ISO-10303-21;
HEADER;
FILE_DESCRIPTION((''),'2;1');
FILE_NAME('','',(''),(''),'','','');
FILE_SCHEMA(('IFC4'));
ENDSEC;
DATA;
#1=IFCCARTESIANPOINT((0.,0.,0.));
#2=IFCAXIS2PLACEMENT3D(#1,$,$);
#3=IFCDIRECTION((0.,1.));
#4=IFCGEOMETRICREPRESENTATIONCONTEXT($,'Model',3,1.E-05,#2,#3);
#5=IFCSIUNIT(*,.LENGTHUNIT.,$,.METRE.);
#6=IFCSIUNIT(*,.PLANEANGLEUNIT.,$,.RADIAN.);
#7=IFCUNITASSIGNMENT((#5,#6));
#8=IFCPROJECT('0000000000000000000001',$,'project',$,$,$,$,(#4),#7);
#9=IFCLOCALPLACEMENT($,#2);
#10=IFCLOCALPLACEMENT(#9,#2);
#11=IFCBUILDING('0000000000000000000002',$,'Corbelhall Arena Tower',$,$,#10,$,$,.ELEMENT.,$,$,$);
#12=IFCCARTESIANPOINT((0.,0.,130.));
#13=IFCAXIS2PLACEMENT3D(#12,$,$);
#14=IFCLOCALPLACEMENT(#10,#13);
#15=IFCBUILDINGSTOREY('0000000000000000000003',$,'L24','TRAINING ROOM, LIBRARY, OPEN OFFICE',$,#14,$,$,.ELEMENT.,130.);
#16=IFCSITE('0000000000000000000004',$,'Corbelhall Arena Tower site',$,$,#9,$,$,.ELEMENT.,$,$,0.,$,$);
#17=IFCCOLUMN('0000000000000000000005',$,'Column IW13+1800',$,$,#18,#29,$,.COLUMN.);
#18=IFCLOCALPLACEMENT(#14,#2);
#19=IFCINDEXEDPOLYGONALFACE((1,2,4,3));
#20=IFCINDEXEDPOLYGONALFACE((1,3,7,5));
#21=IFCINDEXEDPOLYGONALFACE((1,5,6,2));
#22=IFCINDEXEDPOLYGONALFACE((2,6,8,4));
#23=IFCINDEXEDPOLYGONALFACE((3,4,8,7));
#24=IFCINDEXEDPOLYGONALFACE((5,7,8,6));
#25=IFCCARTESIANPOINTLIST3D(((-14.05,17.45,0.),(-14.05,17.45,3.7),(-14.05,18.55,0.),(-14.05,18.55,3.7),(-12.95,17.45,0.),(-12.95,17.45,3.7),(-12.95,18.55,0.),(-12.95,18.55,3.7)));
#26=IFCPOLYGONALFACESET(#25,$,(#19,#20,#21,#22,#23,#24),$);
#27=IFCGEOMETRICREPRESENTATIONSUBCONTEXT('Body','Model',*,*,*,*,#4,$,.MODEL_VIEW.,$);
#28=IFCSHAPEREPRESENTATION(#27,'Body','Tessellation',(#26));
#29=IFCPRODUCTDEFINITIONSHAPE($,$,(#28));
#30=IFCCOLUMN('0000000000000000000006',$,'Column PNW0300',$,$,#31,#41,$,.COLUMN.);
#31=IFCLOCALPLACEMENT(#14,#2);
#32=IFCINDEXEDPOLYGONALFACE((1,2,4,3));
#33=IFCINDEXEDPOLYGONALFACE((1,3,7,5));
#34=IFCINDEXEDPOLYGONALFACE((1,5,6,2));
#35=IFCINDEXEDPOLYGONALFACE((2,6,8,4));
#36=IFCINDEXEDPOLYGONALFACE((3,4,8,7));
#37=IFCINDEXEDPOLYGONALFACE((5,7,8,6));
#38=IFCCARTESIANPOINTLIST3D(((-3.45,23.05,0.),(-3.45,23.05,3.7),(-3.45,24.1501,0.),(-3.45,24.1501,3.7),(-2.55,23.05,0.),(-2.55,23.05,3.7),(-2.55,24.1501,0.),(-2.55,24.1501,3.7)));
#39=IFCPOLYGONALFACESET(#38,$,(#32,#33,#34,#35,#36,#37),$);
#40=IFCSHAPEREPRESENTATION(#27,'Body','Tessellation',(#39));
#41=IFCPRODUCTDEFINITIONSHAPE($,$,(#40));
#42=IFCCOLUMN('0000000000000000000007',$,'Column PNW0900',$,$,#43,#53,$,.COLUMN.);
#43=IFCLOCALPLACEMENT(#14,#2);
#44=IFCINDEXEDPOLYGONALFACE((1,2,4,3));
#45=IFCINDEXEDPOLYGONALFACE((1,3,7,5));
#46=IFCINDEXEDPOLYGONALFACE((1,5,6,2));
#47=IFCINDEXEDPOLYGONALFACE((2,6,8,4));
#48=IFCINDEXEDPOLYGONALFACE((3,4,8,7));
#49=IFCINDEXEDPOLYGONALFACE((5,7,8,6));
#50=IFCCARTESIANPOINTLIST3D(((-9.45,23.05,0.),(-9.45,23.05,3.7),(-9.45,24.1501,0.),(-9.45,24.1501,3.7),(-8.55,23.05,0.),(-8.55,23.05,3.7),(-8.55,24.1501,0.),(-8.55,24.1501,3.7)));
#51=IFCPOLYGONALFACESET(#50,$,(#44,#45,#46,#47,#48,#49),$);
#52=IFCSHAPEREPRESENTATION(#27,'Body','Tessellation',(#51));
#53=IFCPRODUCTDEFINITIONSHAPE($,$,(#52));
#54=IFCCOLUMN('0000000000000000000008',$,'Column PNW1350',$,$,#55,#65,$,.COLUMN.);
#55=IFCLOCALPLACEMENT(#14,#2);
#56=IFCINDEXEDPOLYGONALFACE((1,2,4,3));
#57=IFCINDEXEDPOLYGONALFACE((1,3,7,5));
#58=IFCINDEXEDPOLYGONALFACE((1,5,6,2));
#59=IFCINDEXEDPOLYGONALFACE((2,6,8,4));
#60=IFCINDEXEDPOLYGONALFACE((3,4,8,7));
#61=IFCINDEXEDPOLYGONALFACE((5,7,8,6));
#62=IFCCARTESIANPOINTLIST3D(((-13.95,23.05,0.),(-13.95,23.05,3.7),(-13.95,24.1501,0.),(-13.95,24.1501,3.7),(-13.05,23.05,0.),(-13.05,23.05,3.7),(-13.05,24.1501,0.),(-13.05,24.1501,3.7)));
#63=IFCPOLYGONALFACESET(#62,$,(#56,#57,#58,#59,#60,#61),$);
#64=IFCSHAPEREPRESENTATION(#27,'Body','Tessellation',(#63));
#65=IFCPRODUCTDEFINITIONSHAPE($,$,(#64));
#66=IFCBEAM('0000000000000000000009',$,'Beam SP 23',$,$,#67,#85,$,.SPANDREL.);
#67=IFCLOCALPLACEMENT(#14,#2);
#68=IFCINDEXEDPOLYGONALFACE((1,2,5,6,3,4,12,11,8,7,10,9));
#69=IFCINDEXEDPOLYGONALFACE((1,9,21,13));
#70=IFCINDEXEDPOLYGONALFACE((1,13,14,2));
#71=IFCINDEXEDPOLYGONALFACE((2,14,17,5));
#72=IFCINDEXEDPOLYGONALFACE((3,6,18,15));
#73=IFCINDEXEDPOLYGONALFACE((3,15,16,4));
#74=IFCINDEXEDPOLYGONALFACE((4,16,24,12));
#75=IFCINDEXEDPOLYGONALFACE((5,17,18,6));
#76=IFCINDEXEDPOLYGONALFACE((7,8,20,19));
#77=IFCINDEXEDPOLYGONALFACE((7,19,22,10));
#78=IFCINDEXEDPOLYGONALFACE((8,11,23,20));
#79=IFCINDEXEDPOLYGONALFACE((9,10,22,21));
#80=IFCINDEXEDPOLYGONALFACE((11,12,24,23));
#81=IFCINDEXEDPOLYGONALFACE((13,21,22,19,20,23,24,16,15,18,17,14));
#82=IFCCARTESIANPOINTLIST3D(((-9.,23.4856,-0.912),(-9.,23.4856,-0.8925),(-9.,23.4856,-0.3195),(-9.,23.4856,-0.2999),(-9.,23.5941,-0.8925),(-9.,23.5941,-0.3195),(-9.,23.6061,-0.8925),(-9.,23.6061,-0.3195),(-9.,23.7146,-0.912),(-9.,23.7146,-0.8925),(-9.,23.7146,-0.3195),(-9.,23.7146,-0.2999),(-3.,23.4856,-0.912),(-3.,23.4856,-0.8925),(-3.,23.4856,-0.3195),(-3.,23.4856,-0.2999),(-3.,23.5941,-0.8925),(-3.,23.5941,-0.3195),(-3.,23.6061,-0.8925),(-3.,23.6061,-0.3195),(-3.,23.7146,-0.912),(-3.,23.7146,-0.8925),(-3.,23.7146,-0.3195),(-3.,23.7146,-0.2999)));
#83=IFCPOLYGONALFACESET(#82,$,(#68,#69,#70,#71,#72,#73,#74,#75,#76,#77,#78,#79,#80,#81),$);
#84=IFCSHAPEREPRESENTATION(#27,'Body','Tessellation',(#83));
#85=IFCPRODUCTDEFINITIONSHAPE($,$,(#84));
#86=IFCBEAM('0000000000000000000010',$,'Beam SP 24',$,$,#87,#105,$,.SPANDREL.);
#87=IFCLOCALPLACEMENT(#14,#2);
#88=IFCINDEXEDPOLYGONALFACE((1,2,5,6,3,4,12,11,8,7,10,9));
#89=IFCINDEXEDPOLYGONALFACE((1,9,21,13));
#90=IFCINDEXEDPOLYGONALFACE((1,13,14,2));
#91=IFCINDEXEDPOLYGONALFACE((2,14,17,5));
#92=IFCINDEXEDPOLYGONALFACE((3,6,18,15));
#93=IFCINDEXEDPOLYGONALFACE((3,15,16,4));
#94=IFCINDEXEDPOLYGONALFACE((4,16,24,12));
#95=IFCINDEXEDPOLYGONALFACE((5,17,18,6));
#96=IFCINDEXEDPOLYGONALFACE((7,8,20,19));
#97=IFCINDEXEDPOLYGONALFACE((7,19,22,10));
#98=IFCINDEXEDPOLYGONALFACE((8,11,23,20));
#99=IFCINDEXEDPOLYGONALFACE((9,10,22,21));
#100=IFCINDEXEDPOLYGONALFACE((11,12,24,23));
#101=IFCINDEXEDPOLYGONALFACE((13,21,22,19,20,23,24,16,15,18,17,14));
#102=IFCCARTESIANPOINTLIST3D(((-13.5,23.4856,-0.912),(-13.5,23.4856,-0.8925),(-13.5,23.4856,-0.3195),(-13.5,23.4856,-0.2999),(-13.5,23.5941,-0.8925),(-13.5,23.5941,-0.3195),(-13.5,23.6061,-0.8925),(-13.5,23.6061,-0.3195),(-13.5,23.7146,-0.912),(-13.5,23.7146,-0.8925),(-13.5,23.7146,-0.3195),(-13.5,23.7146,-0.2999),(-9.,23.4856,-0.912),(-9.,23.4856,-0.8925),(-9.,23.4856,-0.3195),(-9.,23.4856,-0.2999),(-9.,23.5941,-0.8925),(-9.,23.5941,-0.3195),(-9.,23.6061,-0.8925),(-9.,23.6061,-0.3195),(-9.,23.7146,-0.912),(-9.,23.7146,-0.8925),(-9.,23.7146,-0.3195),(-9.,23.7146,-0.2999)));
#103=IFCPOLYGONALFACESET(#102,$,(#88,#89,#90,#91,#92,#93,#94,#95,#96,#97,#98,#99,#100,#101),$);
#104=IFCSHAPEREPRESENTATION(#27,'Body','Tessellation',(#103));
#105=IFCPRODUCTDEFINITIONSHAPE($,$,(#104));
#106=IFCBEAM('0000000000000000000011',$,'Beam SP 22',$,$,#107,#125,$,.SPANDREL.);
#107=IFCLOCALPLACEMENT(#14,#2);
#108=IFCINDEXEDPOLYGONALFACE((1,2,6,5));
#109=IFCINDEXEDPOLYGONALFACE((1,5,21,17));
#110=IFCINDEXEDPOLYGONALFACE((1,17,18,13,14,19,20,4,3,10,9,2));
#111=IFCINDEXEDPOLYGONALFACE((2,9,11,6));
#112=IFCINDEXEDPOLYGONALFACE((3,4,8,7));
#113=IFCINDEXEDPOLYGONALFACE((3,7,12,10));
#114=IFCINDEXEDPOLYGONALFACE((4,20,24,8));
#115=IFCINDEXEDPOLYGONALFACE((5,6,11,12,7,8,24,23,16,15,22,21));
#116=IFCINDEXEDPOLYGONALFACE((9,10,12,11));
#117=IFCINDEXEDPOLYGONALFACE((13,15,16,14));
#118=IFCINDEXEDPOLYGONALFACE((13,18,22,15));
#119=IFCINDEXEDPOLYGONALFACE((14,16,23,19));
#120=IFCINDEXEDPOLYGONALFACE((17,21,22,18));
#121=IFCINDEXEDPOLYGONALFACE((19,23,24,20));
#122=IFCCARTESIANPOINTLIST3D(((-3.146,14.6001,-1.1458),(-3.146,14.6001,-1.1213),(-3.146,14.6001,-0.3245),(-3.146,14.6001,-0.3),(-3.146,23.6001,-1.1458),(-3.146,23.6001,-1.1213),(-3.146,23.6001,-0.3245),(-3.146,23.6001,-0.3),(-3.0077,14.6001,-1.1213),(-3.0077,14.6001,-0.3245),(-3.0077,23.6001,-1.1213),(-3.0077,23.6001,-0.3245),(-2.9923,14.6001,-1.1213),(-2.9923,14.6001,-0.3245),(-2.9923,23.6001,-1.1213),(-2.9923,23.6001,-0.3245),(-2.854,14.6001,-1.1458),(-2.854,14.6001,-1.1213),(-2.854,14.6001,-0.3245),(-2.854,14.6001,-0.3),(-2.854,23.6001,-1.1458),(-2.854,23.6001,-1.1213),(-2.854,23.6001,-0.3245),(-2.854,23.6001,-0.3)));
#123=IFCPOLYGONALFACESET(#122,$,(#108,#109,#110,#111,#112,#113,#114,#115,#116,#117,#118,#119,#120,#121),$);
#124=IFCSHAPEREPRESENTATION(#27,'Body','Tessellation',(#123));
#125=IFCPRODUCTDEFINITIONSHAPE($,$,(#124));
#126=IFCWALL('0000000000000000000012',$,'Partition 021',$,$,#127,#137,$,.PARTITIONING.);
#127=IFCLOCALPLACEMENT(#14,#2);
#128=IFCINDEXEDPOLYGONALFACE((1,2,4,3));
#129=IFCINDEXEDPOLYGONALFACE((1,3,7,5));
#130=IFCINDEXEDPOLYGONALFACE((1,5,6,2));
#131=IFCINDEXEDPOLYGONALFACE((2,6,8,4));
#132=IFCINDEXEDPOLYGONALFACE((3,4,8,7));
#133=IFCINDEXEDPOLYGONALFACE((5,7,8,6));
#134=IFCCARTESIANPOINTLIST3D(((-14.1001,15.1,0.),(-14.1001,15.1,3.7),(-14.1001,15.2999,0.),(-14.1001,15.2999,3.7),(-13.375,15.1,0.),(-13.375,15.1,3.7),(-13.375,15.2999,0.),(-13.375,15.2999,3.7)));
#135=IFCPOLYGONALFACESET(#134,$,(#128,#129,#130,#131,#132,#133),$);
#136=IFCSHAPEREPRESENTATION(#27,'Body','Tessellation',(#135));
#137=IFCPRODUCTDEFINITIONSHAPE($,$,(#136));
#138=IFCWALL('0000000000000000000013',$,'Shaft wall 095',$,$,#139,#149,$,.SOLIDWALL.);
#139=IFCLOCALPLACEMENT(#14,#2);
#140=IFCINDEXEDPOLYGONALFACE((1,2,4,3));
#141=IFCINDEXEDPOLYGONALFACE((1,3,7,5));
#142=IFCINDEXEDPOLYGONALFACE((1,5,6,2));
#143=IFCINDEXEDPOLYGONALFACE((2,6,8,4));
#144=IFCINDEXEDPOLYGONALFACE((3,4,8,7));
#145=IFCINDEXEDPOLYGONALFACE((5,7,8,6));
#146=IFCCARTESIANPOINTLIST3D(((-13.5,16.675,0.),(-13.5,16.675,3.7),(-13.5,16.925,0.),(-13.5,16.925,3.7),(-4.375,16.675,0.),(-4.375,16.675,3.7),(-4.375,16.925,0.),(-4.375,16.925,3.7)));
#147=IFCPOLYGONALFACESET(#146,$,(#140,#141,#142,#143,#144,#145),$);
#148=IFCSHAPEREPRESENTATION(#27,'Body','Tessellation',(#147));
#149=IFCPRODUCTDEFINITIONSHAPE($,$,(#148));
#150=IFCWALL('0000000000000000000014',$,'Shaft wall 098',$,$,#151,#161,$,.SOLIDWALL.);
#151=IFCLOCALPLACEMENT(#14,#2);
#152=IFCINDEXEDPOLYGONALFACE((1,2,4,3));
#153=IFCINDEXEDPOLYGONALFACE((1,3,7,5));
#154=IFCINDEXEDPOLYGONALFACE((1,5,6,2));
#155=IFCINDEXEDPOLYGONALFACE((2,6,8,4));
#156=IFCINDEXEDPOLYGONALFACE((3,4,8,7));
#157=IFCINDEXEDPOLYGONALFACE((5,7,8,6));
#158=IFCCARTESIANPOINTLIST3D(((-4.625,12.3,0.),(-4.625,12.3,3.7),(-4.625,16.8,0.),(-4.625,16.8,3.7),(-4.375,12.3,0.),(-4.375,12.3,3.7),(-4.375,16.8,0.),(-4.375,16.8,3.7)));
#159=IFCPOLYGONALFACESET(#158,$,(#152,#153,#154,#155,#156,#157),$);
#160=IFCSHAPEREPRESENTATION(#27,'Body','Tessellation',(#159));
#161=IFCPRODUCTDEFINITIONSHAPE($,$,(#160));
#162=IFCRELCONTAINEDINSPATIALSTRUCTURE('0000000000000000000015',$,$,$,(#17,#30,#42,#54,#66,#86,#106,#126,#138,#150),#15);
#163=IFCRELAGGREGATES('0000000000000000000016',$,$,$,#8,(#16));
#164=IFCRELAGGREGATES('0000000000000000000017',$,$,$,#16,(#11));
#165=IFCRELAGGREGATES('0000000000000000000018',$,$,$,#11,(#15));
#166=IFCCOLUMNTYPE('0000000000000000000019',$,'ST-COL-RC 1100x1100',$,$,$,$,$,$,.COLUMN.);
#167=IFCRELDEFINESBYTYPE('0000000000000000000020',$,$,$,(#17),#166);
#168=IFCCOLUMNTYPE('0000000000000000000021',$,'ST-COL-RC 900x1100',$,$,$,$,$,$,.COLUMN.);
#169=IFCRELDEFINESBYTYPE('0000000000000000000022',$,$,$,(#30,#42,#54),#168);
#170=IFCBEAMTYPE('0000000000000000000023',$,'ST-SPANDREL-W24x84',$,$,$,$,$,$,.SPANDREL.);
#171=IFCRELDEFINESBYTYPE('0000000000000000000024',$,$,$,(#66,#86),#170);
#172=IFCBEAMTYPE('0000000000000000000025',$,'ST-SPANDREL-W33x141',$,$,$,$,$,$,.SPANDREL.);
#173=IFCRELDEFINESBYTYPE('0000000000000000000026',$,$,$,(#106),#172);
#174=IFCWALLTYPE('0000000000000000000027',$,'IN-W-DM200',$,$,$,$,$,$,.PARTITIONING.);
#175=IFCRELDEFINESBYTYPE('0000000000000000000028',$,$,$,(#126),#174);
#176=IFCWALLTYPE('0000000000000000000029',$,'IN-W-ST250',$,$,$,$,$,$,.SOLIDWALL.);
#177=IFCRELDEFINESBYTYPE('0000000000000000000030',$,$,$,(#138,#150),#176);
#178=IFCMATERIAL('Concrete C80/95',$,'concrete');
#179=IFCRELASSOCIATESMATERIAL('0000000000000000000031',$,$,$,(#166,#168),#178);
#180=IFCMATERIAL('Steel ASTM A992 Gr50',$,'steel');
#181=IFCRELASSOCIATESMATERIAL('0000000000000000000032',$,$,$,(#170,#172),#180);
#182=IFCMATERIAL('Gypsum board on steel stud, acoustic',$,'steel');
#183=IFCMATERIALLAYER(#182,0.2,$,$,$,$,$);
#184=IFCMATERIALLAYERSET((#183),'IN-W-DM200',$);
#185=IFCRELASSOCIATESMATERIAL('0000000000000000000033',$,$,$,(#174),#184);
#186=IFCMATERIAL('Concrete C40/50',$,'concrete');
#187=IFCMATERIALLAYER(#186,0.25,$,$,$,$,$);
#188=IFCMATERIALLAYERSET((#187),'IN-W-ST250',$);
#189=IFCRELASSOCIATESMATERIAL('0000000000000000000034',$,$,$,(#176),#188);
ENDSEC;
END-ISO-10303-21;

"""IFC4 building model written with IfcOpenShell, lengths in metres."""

from ifc_helpers import new_model, si_unit, direction, frame, frame_2d, origin, origin_2d, place, context, subcontext, project, spatial, rectangle, i_section, extrude, material, layer, layer_set, material_profile, profile_set, type_object, element, save


model = new_model("IFC4")

# Units and contexts
model_context = context("Model", 3, precision=1e-05, world=origin(), true_north=direction((0.0, 1.0)))
body_context = subcontext(model_context, "Body", "Model", "MODEL_VIEW")
ifc_project = project(units=[si_unit("LENGTHUNIT", "METRE"), si_unit("PLANEANGLEUNIT", "RADIAN")], contexts=[model_context])

# Site, building, storey
site_placement = place(None, origin())
site = spatial("IfcSite", under=ifc_project, at=site_placement, Name="Corbelhall Arena Tower site", CompositionType="ELEMENT", RefElevation=0.0)
building_placement = place(site_placement, origin())
building = spatial("IfcBuilding", under=site, at=building_placement, Name="Corbelhall Arena Tower", CompositionType="ELEMENT")
storey_placement = place(building_placement, frame((0.0, 0.0, 130.0)))
storey = spatial("IfcBuildingStorey", under=building, at=storey_placement, Name="L24", Description="TRAINING ROOM, LIBRARY, OPEN OFFICE", CompositionType="ELEMENT", Elevation=130.0)

# Columns
ifc_material_1 = material(Name="Concrete C80/95", Category="concrete")
ifc_material_profile_1 = material_profile(ifc_material_1, rectangle(XDim=1.1001, YDim=1.1001, at=origin_2d()))
ifc_profile_set_1 = profile_set([ifc_material_profile_1], Name="Concrete C80/95")
column_type_1 = type_object("IfcColumnType", Name="ST-COL-RC 1100x1100", PredefinedType="COLUMN", material=ifc_profile_set_1)
column_placement = place(storey_placement, frame((-13.5, 18.0, 0.0), z_axis=(0.0, 0.0, 1.0), x_axis=(1.0, 0.0, 0.0)))
element("IfcColumn", 1, at=column_placement, inside=storey, type_object=column_type_1, Name="Column IW13+1800", PredefinedType="COLUMN", context=body_context, shape_type="SweptSolid", body=[
    extrude(rectangle(XDim=1.1001, YDim=1.1001, at=origin_2d()), origin(), (0.0, 0.0, 1.0), 3.7),
])
ifc_material_profile_2 = material_profile(ifc_material_1, rectangle(XDim=0.8999, YDim=1.1001, at=origin_2d()))
ifc_profile_set_2 = profile_set([ifc_material_profile_2], Name="Concrete C80/95")
column_type_2 = type_object("IfcColumnType", Name="ST-COL-RC 900x1100", PredefinedType="COLUMN", material=ifc_profile_set_2)
for number, where, z_axis, x_axis, name in (
    (2, (-3.0, 23.6001, 0.0), (0.0, 0.0, 1.0), (1.0, 0.0, 0.0), "Column PNW0300"),
    (3, (-9.0, 23.6001, 0.0), (0.0, 0.0, 1.0), (1.0, 0.0, 0.0), "Column PNW0900"),
    (4, (-13.5, 23.6001, 0.0), (0.0, 0.0, 1.0), (1.0, 0.0, 0.0), "Column PNW1350"),
):
    element("IfcColumn", number, at=place(storey_placement, frame(where, z_axis=z_axis, x_axis=x_axis)), inside=storey, type_object=column_type_2, Name=name, PredefinedType="COLUMN", context=body_context, shape_type="SweptSolid", body=[
        extrude(rectangle(XDim=0.8999, YDim=1.1001, at=origin_2d()), origin(), (0.0, 0.0, 1.0), 3.7),
    ])

# Beams
ifc_material_2 = material(Name="Steel ASTM A992 Gr50", Category="steel")
ifc_material_profile_3 = material_profile(ifc_material_2, i_section(OverallWidth=0.229, OverallDepth=0.6121, WebThickness=0.012, FlangeThickness=0.0195, at=origin_2d()))
ifc_profile_set_3 = profile_set([ifc_material_profile_3], Name="Steel ASTM A992 Gr50")
beam_type_1 = type_object("IfcBeamType", Name="ST-SPANDREL-W24x84", PredefinedType="SPANDREL", material=ifc_profile_set_3)
beam_1_placement = place(storey_placement, frame((-9.0, 23.6001, -0.606), z_axis=(1.0, 0.0, 0.0), x_axis=(0.0, 1.0, 0.0)))
element("IfcBeam", 5, at=beam_1_placement, inside=storey, type_object=beam_type_1, Name="Beam SP 23", PredefinedType="SPANDREL", context=body_context, shape_type="SweptSolid", body=[
    extrude(i_section(OverallWidth=0.229, OverallDepth=0.6121, WebThickness=0.012, FlangeThickness=0.0195, at=origin_2d()), origin(), (0.0, 0.0, 1.0), 6.0),
])
beam_2_placement = place(storey_placement, frame((-13.5, 23.6001, -0.606), z_axis=(1.0, 0.0, 0.0), x_axis=(0.0, 1.0, 0.0)))
element("IfcBeam", 6, at=beam_2_placement, inside=storey, type_object=beam_type_1, Name="Beam SP 24", PredefinedType="SPANDREL", context=body_context, shape_type="SweptSolid", body=[
    extrude(i_section(OverallWidth=0.229, OverallDepth=0.6121, WebThickness=0.012, FlangeThickness=0.0195, at=origin_2d()), origin(), (0.0, 0.0, 1.0), 4.5),
])
ifc_material_profile_4 = material_profile(ifc_material_2, i_section(OverallWidth=0.292, OverallDepth=0.8457, WebThickness=0.0154, FlangeThickness=0.0244, at=origin_2d()))
ifc_profile_set_4 = profile_set([ifc_material_profile_4], Name="Steel ASTM A992 Gr50")
beam_type_2 = type_object("IfcBeamType", Name="ST-SPANDREL-W33x141", PredefinedType="SPANDREL", material=ifc_profile_set_4)
beam_3_placement = place(storey_placement, frame((-3.0, 23.6001, -0.7229), z_axis=(0.0, -1.0, 0.0), x_axis=(1.0, 0.0, 0.0)))
element("IfcBeam", 7, at=beam_3_placement, inside=storey, type_object=beam_type_2, Name="Beam SP 22", PredefinedType="SPANDREL", context=body_context, shape_type="SweptSolid", body=[
    extrude(i_section(OverallWidth=0.292, OverallDepth=0.8457, WebThickness=0.0154, FlangeThickness=0.0244, at=origin_2d()), origin(), (0.0, 0.0, 1.0), 9.0),
])

# Walls
ifc_material_3 = material(Name="Gypsum board on steel stud, acoustic", Category="steel")
ifc_layer_1 = layer(ifc_material_3, 0.2)
ifc_layer_set_1 = layer_set([ifc_layer_1], Name="IN-W-DM200")
wall_type_1 = type_object("IfcWallType", Name="IN-W-DM200", PredefinedType="PARTITIONING", material=ifc_layer_set_1)
wall_1_placement = place(storey_placement, frame((-14.1001, 15.2, 0.0), z_axis=(0.0, 0.0, 1.0), x_axis=(1.0, 0.0, 0.0)))
element("IfcWall", 8, at=wall_1_placement, inside=storey, type_object=wall_type_1, Name="Partition 021", PredefinedType="PARTITIONING", context=body_context, shape_type="SweptSolid", body=[
    extrude(rectangle(XDim=0.7251, YDim=0.2, at=frame_2d((0.3625, 0.0))), origin(), (0.0, 0.0, 1.0), 3.7),
])
ifc_material_4 = material(Name="Concrete C40/50", Category="concrete")
ifc_layer_2 = layer(ifc_material_4, 0.25)
ifc_layer_set_2 = layer_set([ifc_layer_2], Name="IN-W-ST250")
wall_type_2 = type_object("IfcWallType", Name="IN-W-ST250", PredefinedType="SOLIDWALL", material=ifc_layer_set_2)
wall_2_placement = place(storey_placement, frame((-13.5, 16.8, 0.0), z_axis=(0.0, 0.0, 1.0), x_axis=(1.0, 0.0, 0.0)))
element("IfcWall", 9, at=wall_2_placement, inside=storey, type_object=wall_type_2, Name="Shaft wall 095", PredefinedType="SOLIDWALL", context=body_context, shape_type="SweptSolid", body=[
    extrude(rectangle(XDim=9.125, YDim=0.25, at=frame_2d((4.5625, 0.0))), origin(), (0.0, 0.0, 1.0), 3.7),
])
wall_3_placement = place(storey_placement, frame((-4.5, 16.8, 0.0), z_axis=(0.0, 0.0, 1.0), x_axis=(0.0, -1.0, 0.0)))
element("IfcWall", 10, at=wall_3_placement, inside=storey, type_object=wall_type_2, Name="Shaft wall 098", PredefinedType="SOLIDWALL", context=body_context, shape_type="SweptSolid", body=[
    extrude(rectangle(XDim=4.5, YDim=0.25, at=frame_2d((2.25, 0.0))), origin(), (0.0, 0.0, 1.0), 3.7),
])

save(model, "model.ifc")
